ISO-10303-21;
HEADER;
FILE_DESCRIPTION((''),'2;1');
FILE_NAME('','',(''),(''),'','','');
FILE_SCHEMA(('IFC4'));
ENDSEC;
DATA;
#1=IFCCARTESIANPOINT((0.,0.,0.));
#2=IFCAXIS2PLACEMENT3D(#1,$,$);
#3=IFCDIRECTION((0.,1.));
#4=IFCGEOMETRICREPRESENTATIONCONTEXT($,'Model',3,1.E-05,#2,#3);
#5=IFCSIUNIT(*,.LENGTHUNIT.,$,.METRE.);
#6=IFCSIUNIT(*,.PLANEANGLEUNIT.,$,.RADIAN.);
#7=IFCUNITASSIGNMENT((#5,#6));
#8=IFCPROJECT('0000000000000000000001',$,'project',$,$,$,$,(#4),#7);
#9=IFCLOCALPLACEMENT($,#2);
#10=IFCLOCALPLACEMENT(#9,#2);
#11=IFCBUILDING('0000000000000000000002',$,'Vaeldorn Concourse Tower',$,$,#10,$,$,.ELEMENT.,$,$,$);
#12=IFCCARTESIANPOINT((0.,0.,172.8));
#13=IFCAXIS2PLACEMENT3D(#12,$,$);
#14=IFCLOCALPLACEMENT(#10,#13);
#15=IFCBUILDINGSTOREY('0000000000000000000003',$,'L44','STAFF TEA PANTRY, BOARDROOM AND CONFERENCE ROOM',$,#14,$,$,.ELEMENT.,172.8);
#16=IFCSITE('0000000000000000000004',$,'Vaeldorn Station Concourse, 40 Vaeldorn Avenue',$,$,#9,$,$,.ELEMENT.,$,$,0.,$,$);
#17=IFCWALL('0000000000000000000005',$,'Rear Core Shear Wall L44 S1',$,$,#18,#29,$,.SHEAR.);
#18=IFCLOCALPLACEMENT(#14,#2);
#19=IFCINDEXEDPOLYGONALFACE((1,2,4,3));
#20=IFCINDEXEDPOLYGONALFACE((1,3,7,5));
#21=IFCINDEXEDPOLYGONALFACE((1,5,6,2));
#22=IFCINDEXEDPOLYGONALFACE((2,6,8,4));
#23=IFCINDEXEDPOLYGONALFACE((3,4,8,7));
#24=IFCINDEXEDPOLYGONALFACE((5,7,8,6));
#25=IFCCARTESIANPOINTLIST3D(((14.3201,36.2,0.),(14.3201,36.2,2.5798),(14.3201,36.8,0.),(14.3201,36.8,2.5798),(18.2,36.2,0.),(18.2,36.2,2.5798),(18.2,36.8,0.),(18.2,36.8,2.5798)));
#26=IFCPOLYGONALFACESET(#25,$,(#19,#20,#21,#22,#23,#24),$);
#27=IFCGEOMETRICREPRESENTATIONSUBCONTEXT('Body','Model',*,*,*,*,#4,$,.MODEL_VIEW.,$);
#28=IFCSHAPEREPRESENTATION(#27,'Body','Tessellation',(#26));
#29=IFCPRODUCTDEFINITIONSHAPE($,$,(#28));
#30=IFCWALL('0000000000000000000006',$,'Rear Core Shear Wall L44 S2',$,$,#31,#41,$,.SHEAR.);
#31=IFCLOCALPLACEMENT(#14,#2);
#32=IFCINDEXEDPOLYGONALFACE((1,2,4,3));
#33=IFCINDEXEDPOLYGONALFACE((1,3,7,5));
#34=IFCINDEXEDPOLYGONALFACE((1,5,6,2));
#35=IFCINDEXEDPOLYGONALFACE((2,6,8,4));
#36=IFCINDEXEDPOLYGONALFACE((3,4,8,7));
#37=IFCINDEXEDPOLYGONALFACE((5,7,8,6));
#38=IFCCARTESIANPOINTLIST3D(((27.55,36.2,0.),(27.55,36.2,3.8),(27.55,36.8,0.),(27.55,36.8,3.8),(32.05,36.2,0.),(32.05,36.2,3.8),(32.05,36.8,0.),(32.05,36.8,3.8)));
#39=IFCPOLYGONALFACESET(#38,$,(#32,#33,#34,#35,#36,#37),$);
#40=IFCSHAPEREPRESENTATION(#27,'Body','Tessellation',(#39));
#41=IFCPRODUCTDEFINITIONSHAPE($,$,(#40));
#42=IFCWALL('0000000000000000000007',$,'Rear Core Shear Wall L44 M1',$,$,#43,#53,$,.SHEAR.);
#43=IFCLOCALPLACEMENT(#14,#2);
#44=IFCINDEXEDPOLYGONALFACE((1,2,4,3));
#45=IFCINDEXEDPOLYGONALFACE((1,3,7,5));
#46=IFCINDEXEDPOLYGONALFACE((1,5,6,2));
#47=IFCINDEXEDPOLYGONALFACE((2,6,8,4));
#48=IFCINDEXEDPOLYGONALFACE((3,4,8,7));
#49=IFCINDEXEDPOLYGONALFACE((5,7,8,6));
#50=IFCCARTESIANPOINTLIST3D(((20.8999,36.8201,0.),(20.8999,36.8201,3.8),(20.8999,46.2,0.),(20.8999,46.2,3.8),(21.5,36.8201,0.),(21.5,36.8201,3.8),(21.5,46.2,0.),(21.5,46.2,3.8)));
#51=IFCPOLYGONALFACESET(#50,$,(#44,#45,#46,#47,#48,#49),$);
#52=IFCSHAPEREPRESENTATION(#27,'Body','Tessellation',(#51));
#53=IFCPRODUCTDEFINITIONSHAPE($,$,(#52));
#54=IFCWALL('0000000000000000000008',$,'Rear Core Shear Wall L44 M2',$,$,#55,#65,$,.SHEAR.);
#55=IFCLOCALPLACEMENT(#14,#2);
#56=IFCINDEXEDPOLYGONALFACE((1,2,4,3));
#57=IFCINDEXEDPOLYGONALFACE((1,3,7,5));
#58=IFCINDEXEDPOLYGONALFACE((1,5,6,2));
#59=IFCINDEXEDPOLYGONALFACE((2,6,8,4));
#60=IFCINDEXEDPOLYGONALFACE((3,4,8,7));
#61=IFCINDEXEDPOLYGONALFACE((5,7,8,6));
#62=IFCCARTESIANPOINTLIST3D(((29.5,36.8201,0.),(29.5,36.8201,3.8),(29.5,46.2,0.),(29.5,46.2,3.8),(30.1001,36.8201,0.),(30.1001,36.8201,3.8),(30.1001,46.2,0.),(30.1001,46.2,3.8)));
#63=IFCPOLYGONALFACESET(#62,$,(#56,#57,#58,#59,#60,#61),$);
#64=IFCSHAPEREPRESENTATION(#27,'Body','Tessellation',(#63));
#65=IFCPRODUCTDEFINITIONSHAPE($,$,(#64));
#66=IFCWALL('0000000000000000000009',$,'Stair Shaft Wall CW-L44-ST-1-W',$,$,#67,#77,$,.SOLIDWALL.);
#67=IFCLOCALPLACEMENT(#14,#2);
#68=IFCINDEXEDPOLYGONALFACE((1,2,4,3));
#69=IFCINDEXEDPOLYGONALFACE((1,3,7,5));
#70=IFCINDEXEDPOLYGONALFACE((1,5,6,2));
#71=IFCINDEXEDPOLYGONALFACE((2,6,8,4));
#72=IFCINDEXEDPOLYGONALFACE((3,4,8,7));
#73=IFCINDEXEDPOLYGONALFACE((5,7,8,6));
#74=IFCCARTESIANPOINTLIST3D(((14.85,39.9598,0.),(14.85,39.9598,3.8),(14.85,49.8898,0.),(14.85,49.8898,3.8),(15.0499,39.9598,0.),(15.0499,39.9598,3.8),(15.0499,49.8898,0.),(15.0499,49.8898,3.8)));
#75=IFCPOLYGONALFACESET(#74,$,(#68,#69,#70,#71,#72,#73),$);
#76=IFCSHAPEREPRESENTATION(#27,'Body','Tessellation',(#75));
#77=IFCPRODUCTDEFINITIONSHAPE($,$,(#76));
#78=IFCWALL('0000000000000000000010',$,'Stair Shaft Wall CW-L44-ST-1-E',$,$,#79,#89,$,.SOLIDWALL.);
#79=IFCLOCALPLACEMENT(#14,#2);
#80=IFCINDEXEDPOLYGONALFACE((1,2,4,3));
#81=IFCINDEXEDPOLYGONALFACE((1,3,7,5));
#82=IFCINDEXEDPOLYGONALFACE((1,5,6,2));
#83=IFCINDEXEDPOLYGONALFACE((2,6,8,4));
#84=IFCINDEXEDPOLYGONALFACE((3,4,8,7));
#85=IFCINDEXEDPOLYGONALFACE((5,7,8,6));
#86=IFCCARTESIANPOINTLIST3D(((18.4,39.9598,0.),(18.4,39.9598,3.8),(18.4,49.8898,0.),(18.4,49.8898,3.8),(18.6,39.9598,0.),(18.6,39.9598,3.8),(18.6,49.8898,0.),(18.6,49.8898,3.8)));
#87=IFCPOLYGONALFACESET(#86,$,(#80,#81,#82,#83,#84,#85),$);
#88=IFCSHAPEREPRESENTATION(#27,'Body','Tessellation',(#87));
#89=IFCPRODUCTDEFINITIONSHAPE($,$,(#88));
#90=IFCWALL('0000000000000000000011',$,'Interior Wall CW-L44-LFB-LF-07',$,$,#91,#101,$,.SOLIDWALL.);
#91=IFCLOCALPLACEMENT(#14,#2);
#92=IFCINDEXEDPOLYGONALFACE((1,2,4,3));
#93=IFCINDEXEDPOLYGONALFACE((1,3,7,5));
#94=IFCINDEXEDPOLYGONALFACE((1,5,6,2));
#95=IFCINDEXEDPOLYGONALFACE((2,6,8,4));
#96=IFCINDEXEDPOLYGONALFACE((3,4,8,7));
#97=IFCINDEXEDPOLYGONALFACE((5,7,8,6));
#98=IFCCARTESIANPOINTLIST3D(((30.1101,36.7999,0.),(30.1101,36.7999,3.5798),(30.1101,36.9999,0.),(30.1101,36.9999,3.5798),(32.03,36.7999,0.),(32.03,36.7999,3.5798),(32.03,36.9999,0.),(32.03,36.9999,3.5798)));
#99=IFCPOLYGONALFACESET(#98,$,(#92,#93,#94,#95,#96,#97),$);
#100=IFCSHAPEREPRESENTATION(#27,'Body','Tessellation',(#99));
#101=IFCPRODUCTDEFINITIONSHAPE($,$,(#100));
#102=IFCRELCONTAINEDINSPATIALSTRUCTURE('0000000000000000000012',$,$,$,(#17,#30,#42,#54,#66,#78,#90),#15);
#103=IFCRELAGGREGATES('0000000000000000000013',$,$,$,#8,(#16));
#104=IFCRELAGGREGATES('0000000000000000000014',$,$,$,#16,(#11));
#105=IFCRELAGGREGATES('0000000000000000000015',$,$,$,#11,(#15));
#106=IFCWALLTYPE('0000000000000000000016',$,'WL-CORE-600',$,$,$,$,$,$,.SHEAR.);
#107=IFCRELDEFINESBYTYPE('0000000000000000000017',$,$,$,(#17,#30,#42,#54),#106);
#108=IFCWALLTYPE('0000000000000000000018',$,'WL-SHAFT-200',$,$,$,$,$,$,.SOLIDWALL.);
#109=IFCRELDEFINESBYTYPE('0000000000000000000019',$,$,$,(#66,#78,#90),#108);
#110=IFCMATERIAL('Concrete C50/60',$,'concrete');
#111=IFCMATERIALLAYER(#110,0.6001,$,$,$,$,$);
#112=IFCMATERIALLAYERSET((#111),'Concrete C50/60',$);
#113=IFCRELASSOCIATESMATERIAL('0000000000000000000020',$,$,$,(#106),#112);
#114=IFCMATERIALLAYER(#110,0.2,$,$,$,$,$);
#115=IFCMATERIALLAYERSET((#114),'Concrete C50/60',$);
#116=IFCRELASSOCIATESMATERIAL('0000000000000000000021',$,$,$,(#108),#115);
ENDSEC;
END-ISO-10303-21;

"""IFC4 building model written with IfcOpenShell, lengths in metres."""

from ifc_helpers import new_model, si_unit, direction, frame, frame_2d, origin, place, context, subcontext, project, spatial, rectangle, extrude, material, layer, layer_set, type_object, element, save


model = new_model("IFC4")

# Units and contexts
model_context = context("Model", 3, precision=1e-05, world=origin(), true_north=direction((0.0, 1.0)))
body_context = subcontext(model_context, "Body", "Model", "MODEL_VIEW")
ifc_project = project(units=[si_unit("LENGTHUNIT", "METRE"), si_unit("PLANEANGLEUNIT", "RADIAN")], contexts=[model_context])

# Site, building, storey
site_placement = place(None, origin())
site = spatial("IfcSite", under=ifc_project, at=site_placement, Name="Vaeldorn Station Concourse, 40 Vaeldorn Avenue", CompositionType="ELEMENT", RefElevation=0.0)
building_placement = place(site_placement, origin())
building = spatial("IfcBuilding", under=site, at=building_placement, Name="Vaeldorn Concourse Tower", CompositionType="ELEMENT")
storey_placement = place(building_placement, frame((0.0, 0.0, 172.8)))
storey = spatial("IfcBuildingStorey", under=building, at=storey_placement, Name="L44", Description="STAFF TEA PANTRY, BOARDROOM AND CONFERENCE ROOM", CompositionType="ELEMENT", Elevation=172.8)

# Walls
ifc_material_1 = material(Name="Concrete C50/60", Category="concrete")
ifc_layer_1 = layer(ifc_material_1, 0.6001)
ifc_layer_set_1 = layer_set([ifc_layer_1], Name="Concrete C50/60")
wall_type_1 = type_object("IfcWallType", Name="WL-CORE-600", PredefinedType="SHEAR", material=ifc_layer_set_1)
wall_1_placement = place(storey_placement, frame((14.3201, 36.5, 0.0), z_axis=(0.0, 0.0, 1.0), x_axis=(1.0, 0.0, 0.0)))
element("IfcWall", 1, at=wall_1_placement, inside=storey, type_object=wall_type_1, Name="Rear Core Shear Wall L44 S1", PredefinedType="SHEAR", context=body_context, shape_type="SweptSolid", body=[
    extrude(rectangle(XDim=3.8799, YDim=0.6001, at=frame_2d((1.9399, 0.0))), origin(), (0.0, 0.0, 1.0), 2.5798),
])
wall_2_placement = place(storey_placement, frame((27.55, 36.5, 0.0), z_axis=(0.0, 0.0, 1.0), x_axis=(1.0, 0.0, 0.0)))
element("IfcWall", 2, at=wall_2_placement, inside=storey, type_object=wall_type_1, Name="Rear Core Shear Wall L44 S2", PredefinedType="SHEAR", context=body_context, shape_type="SweptSolid", body=[
    extrude(rectangle(XDim=4.5, YDim=0.6001, at=frame_2d((2.25, 0.0))), origin(), (0.0, 0.0, 1.0), 3.8),
])
for number, where, z_axis, x_axis, name in (
    (3, (21.2, 36.8201, 0.0), (0.0, 0.0, 1.0), (0.0, 1.0, 0.0), "Rear Core Shear Wall L44 M1"),
    (4, (29.8, 36.8201, 0.0), (0.0, 0.0, 1.0), (0.0, 1.0, 0.0), "Rear Core Shear Wall L44 M2"),
):
    element("IfcWall", number, at=place(storey_placement, frame(where, z_axis=z_axis, x_axis=x_axis)), inside=storey, type_object=wall_type_1, Name=name, PredefinedType="SHEAR", context=body_context, shape_type="SweptSolid", body=[
        extrude(rectangle(XDim=9.3799, YDim=0.6001, at=frame_2d((4.6899, 0.0))), origin(), (0.0, 0.0, 1.0), 3.8),
    ])

# Shared definitions
ifc_layer_2 = layer(ifc_material_1, 0.2)
ifc_layer_set_2 = layer_set([ifc_layer_2], Name="Concrete C50/60")
wall_type_2 = type_object("IfcWallType", Name="WL-SHAFT-200", PredefinedType="SOLIDWALL", material=ifc_layer_set_2)

# Walls
for number, where, z_axis, x_axis, name in (
    (5, (14.95, 39.96, 0.0), (0.0, 0.0, 1.0), (0.0, 1.0, 0.0), "Stair Shaft Wall CW-L44-ST-1-W"),
    (6, (18.5, 39.96, 0.0), (0.0, 0.0, 1.0), (0.0, 1.0, 0.0), "Stair Shaft Wall CW-L44-ST-1-E"),
):
    element("IfcWall", number, at=place(storey_placement, frame(where, z_axis=z_axis, x_axis=x_axis)), inside=storey, type_object=wall_type_2, Name=name, PredefinedType="SOLIDWALL", context=body_context, shape_type="SweptSolid", body=[
        extrude(rectangle(XDim=9.9299, YDim=0.2, at=frame_2d((4.9648, 0.0))), origin(), (0.0, 0.0, 1.0), 3.8),
    ])

# Wall
wall_3_placement = place(storey_placement, frame((30.1101, 36.8999, 0.0), z_axis=(0.0, 0.0, 1.0), x_axis=(1.0, 0.0, 0.0)))
element("IfcWall", 7, at=wall_3_placement, inside=storey, type_object=wall_type_2, Name="Interior Wall CW-L44-LFB-LF-07", PredefinedType="SOLIDWALL", context=body_context, shape_type="SweptSolid", body=[
    extrude(rectangle(XDim=1.9199, YDim=0.2, at=frame_2d((0.96, 0.0))), origin(), (0.0, 0.0, 1.0), 3.5798),
])

save(model, "model.ifc")
